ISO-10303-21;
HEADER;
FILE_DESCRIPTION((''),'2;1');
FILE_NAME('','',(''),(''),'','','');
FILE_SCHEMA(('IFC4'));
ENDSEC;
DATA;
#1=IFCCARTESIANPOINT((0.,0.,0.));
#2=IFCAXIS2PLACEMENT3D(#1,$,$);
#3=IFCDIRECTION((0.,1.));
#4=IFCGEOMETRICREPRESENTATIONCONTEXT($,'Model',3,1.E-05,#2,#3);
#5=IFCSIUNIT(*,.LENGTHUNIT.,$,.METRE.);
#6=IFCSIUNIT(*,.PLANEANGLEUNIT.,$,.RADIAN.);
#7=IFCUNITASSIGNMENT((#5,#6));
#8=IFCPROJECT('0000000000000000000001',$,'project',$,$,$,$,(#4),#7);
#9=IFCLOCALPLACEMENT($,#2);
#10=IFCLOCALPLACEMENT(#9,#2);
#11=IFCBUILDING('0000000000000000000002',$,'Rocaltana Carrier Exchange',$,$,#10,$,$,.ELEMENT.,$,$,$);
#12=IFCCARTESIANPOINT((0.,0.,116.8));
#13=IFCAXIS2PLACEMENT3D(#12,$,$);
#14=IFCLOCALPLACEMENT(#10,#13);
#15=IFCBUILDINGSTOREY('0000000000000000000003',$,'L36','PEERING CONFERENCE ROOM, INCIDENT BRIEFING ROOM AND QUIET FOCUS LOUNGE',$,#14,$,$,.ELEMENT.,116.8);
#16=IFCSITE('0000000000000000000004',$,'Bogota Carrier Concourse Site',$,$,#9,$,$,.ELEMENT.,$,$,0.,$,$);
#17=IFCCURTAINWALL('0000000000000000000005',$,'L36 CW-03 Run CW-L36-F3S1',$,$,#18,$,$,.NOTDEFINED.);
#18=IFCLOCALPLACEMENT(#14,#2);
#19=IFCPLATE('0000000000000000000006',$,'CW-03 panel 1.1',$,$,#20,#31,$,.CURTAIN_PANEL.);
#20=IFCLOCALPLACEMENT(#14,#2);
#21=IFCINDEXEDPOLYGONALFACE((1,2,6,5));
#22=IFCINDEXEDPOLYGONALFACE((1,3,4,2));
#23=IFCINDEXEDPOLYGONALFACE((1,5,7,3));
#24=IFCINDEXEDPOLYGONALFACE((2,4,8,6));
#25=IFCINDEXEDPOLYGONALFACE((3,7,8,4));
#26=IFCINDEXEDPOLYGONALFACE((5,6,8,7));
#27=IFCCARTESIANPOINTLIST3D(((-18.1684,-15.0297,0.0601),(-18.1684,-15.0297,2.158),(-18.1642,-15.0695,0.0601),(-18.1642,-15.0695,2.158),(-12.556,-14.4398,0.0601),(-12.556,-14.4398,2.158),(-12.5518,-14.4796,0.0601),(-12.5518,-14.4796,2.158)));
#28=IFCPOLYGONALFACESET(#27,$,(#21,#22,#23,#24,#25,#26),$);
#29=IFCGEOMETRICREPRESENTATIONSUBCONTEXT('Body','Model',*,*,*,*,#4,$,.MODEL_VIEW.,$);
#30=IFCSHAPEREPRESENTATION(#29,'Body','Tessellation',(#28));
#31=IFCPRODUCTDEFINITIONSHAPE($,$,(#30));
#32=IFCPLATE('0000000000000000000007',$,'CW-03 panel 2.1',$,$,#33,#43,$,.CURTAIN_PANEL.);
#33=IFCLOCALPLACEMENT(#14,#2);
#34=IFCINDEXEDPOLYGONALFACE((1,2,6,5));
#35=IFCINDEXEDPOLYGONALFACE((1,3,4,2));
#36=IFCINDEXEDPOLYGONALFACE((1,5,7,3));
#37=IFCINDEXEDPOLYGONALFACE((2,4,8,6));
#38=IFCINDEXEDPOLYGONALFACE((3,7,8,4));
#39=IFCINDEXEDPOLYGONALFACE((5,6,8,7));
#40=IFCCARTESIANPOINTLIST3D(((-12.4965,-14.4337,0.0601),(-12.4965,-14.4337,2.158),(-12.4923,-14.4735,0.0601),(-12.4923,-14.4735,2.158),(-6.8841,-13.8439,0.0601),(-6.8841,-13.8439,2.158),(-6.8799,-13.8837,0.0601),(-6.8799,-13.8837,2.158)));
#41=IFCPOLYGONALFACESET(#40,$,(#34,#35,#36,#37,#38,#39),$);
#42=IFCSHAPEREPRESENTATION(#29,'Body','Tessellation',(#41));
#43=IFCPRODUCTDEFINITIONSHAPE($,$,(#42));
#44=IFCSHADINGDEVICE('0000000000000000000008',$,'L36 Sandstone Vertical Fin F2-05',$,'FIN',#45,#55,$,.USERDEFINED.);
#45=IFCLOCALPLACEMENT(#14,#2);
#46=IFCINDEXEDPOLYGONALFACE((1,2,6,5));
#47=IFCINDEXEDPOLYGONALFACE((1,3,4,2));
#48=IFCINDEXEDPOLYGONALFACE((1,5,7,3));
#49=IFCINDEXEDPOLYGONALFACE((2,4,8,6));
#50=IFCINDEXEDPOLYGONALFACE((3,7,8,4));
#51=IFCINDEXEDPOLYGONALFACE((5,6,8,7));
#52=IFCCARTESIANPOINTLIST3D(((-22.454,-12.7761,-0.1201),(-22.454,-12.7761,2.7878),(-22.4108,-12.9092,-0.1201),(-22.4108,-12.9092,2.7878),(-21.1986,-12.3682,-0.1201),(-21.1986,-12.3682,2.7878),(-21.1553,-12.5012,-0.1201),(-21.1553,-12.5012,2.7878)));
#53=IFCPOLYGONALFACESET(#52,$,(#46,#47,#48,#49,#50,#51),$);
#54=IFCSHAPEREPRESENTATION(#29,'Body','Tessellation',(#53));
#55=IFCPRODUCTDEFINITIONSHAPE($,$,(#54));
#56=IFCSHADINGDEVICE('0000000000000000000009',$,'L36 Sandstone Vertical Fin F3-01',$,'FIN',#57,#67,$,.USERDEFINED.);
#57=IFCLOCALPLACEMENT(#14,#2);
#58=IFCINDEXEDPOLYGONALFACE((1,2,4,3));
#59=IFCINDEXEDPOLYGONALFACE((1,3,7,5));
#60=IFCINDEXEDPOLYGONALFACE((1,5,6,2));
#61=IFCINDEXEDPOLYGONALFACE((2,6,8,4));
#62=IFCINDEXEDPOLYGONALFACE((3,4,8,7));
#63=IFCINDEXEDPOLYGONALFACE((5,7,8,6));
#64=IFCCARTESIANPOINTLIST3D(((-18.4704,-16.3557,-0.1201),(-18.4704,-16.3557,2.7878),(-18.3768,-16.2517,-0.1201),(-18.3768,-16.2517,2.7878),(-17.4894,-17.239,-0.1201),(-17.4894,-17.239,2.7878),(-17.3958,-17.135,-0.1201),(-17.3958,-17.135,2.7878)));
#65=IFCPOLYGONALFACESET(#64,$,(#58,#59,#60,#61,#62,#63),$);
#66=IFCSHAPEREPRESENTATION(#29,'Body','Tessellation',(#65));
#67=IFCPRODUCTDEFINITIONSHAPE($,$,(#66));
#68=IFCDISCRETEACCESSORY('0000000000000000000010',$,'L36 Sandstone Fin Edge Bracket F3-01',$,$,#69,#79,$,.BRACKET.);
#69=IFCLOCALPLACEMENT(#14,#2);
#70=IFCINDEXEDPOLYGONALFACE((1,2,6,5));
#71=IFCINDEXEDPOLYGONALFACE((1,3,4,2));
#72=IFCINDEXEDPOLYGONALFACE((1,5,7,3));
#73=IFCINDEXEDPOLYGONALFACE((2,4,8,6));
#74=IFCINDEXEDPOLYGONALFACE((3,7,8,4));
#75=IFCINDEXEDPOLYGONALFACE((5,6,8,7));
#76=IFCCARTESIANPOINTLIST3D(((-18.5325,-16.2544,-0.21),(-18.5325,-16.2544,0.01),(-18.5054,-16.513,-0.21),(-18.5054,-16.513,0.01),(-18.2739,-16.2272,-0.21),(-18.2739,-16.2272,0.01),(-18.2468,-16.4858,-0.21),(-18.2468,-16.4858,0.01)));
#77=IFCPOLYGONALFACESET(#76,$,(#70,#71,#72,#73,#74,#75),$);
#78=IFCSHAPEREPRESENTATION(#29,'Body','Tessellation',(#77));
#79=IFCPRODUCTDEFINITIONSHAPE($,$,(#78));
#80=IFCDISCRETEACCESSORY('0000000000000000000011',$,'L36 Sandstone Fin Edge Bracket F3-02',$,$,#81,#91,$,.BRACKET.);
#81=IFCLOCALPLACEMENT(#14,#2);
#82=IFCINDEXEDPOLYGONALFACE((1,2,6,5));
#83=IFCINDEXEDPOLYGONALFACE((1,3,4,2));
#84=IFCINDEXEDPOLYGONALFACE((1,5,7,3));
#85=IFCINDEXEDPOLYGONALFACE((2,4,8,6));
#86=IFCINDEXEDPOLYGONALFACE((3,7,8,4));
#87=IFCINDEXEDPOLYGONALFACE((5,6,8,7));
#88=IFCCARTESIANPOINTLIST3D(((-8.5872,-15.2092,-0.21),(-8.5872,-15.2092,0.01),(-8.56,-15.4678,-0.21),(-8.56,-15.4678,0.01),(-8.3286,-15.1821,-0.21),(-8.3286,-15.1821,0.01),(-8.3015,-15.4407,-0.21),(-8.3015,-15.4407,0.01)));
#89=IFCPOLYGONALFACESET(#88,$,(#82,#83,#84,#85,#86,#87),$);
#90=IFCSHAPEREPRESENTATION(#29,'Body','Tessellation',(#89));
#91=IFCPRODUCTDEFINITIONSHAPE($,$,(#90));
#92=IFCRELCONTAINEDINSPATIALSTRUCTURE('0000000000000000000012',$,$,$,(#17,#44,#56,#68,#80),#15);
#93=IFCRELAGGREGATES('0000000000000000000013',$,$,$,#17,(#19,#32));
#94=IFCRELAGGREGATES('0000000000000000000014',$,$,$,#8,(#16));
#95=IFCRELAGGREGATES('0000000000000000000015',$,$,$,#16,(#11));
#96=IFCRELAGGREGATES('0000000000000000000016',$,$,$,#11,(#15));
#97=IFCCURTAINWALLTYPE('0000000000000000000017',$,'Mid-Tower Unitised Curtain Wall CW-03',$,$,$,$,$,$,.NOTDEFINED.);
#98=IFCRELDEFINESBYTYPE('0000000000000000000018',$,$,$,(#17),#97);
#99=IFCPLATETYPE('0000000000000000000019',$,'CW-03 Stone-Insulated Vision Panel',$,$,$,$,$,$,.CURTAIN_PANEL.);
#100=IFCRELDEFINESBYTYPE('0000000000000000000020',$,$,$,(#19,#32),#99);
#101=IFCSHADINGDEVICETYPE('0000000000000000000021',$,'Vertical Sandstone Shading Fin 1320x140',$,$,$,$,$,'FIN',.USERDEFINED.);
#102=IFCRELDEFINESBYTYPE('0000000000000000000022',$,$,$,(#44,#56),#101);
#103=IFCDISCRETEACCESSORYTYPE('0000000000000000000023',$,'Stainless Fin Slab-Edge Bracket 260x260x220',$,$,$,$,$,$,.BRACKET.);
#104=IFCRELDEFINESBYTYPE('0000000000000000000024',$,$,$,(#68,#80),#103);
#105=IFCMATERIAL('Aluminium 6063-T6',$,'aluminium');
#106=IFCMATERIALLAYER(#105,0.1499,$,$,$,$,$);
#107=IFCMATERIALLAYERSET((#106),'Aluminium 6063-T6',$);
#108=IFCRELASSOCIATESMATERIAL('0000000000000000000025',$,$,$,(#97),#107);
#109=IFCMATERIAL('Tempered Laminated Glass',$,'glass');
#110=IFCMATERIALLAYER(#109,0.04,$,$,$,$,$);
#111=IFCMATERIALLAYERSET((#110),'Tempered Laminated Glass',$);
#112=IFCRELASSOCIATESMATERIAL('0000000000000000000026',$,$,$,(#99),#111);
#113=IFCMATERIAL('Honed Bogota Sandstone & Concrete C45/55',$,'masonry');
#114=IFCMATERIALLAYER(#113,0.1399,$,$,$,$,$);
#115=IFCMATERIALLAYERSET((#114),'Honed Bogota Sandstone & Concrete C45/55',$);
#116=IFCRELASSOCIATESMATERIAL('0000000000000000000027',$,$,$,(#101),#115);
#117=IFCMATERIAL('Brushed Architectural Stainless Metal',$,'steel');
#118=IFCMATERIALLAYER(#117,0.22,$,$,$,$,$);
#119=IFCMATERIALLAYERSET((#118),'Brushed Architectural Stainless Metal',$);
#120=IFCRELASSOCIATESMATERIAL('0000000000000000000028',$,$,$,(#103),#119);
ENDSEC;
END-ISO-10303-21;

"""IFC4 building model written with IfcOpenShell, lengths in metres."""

from ifc_helpers import new_model, si_unit, direction, frame, origin, origin_2d, place, context, subcontext, project, spatial, rectangle, extrude, material, layer, layer_set, type_object, element, aggregate, save


model = new_model("IFC4")

# Units and contexts
model_context = context("Model", 3, precision=1e-05, world=origin(), true_north=direction((0.0, 1.0)))
body_context = subcontext(model_context, "Body", "Model", "MODEL_VIEW")
ifc_project = project(units=[si_unit("LENGTHUNIT", "METRE"), si_unit("PLANEANGLEUNIT", "RADIAN")], contexts=[model_context])

# Site, building, storey
site_placement = place(None, origin())
site = spatial("IfcSite", under=ifc_project, at=site_placement, Name="Bogota Carrier Concourse Site", CompositionType="ELEMENT", RefElevation=0.0)
building_placement = place(site_placement, origin())
building = spatial("IfcBuilding", under=site, at=building_placement, Name="Rocaltana Carrier Exchange", CompositionType="ELEMENT")
storey_placement = place(building_placement, frame((0.0, 0.0, 116.8)))
storey = spatial("IfcBuildingStorey", under=building, at=storey_placement, Name="L36", Description="PEERING CONFERENCE ROOM, INCIDENT BRIEFING ROOM AND QUIET FOCUS LOUNGE", CompositionType="ELEMENT", Elevation=116.8)

# Shared definitions
ifc_material_1 = material(Name="Aluminium 6063-T6", Category="aluminium")
ifc_layer_1 = layer(ifc_material_1, 0.1499)
ifc_layer_set_1 = layer_set([ifc_layer_1], Name="Aluminium 6063-T6")
curtain_wall_type = type_object("IfcCurtainWallType", Name="Mid-Tower Unitised Curtain Wall CW-03", PredefinedType="NOTDEFINED", material=ifc_layer_set_1)

# Curtain wall
curtain_wall_1_placement = place(storey_placement, origin())
curtain_wall_1 = element("IfcCurtainWall", 1, at=curtain_wall_1_placement, inside=storey, type_object=curtain_wall_type, Name="L36 CW-03 Run CW-L36-F3S1", PredefinedType="NOTDEFINED")

# Plates
ifc_material_2 = material(Name="Tempered Laminated Glass", Category="glass")
ifc_layer_2 = layer(ifc_material_2, 0.04)
ifc_layer_set_2 = layer_set([ifc_layer_2], Name="Tempered Laminated Glass")
plate_type = type_object("IfcPlateType", Name="CW-03 Stone-Insulated Vision Panel", PredefinedType="CURTAIN_PANEL", material=ifc_layer_set_2)
plate_1_placement = place(storey_placement, frame((-15.3601, -14.7546, 0.0601), z_axis=(0.0, 0.0, 1.0), x_axis=(0.994523, 0.104522, 0.0)))
plate_1 = element("IfcPlate", 2, at=plate_1_placement, type_object=plate_type, Name="CW-03 panel 1.1", PredefinedType="CURTAIN_PANEL", context=body_context, shape_type="SweptSolid", body=[
    extrude(rectangle(XDim=5.6433, YDim=0.04, at=origin_2d()), origin(), (0.0, 0.0, 1.0), 2.0979),
])
plate_2_placement = place(storey_placement, frame((-9.6882, -14.1587, 0.0601), z_axis=(0.0, 0.0, 1.0), x_axis=(0.994523, 0.104522, 0.0)))
plate_2 = element("IfcPlate", 3, at=plate_2_placement, type_object=plate_type, Name="CW-03 panel 2.1", PredefinedType="CURTAIN_PANEL", context=body_context, shape_type="SweptSolid", body=[
    extrude(rectangle(XDim=5.6433, YDim=0.04, at=origin_2d()), origin(), (0.0, 0.0, 1.0), 2.0979),
])
aggregate(curtain_wall_1, [plate_1, plate_2])

# Shading devices
ifc_material_3 = material(Name="Honed Bogota Sandstone & Concrete C45/55", Category="masonry")
ifc_layer_3 = layer(ifc_material_3, 0.1399)
ifc_layer_set_3 = layer_set([ifc_layer_3], Name="Honed Bogota Sandstone & Concrete C45/55")
shading_device_type = type_object("IfcShadingDeviceType", Name="Vertical Sandstone Shading Fin 1320x140", ElementType="FIN", PredefinedType="USERDEFINED", material=ifc_layer_set_3)
for number, where, z_axis, x_axis, name in (
    (4, (-21.8047, -12.6387, -0.1201), (0.0, 0.0, 1.0), (-0.951057, -0.309017, 0.0), "L36 Sandstone Vertical Fin F2-05"),
    (5, (-17.9331, -16.7454, -0.1201), (0.0, 0.0, 1.0), (0.743145, -0.669131, 0.0), "L36 Sandstone Vertical Fin F3-01"),
):
    element("IfcShadingDevice", number, at=place(storey_placement, frame(where, z_axis=z_axis, x_axis=x_axis)), inside=storey, type_object=shading_device_type, Name=name, ObjectType="FIN", PredefinedType="USERDEFINED", context=body_context, shape_type="SweptSolid", body=[
        extrude(rectangle(XDim=1.3201, YDim=0.1399, at=origin_2d()), origin(), (0.0, 0.0, 1.0), 2.908),
    ])

# Discrete accessories
ifc_material_4 = material(Name="Brushed Architectural Stainless Metal", Category="steel")
ifc_layer_4 = layer(ifc_material_4, 0.22)
ifc_layer_set_4 = layer_set([ifc_layer_4], Name="Brushed Architectural Stainless Metal")
discrete_accessory_type = type_object("IfcDiscreteAccessoryType", Name="Stainless Fin Slab-Edge Bracket 260x260x220", PredefinedType="BRACKET", material=ifc_layer_set_4)
for number, where, z_axis, x_axis, name in (
    (6, (-18.3896, -16.3701, -0.21), (0.0, 0.0, 1.0), (0.994522, 0.104528, 0.0), "L36 Sandstone Fin Edge Bracket F3-01"),
    (7, (-8.4443, -15.325, -0.21), (0.0, 0.0, 1.0), (0.994522, 0.104528, 0.0), "L36 Sandstone Fin Edge Bracket F3-02"),
):
    element("IfcDiscreteAccessory", number, at=place(storey_placement, frame(where, z_axis=z_axis, x_axis=x_axis)), inside=storey, type_object=discrete_accessory_type, Name=name, PredefinedType="BRACKET", context=body_context, shape_type="SweptSolid", body=[
        extrude(rectangle(XDim=0.26, YDim=0.26, at=origin_2d()), origin(), (0.0, 0.0, 1.0), 0.22),
    ])

save(model, "model.ifc")
